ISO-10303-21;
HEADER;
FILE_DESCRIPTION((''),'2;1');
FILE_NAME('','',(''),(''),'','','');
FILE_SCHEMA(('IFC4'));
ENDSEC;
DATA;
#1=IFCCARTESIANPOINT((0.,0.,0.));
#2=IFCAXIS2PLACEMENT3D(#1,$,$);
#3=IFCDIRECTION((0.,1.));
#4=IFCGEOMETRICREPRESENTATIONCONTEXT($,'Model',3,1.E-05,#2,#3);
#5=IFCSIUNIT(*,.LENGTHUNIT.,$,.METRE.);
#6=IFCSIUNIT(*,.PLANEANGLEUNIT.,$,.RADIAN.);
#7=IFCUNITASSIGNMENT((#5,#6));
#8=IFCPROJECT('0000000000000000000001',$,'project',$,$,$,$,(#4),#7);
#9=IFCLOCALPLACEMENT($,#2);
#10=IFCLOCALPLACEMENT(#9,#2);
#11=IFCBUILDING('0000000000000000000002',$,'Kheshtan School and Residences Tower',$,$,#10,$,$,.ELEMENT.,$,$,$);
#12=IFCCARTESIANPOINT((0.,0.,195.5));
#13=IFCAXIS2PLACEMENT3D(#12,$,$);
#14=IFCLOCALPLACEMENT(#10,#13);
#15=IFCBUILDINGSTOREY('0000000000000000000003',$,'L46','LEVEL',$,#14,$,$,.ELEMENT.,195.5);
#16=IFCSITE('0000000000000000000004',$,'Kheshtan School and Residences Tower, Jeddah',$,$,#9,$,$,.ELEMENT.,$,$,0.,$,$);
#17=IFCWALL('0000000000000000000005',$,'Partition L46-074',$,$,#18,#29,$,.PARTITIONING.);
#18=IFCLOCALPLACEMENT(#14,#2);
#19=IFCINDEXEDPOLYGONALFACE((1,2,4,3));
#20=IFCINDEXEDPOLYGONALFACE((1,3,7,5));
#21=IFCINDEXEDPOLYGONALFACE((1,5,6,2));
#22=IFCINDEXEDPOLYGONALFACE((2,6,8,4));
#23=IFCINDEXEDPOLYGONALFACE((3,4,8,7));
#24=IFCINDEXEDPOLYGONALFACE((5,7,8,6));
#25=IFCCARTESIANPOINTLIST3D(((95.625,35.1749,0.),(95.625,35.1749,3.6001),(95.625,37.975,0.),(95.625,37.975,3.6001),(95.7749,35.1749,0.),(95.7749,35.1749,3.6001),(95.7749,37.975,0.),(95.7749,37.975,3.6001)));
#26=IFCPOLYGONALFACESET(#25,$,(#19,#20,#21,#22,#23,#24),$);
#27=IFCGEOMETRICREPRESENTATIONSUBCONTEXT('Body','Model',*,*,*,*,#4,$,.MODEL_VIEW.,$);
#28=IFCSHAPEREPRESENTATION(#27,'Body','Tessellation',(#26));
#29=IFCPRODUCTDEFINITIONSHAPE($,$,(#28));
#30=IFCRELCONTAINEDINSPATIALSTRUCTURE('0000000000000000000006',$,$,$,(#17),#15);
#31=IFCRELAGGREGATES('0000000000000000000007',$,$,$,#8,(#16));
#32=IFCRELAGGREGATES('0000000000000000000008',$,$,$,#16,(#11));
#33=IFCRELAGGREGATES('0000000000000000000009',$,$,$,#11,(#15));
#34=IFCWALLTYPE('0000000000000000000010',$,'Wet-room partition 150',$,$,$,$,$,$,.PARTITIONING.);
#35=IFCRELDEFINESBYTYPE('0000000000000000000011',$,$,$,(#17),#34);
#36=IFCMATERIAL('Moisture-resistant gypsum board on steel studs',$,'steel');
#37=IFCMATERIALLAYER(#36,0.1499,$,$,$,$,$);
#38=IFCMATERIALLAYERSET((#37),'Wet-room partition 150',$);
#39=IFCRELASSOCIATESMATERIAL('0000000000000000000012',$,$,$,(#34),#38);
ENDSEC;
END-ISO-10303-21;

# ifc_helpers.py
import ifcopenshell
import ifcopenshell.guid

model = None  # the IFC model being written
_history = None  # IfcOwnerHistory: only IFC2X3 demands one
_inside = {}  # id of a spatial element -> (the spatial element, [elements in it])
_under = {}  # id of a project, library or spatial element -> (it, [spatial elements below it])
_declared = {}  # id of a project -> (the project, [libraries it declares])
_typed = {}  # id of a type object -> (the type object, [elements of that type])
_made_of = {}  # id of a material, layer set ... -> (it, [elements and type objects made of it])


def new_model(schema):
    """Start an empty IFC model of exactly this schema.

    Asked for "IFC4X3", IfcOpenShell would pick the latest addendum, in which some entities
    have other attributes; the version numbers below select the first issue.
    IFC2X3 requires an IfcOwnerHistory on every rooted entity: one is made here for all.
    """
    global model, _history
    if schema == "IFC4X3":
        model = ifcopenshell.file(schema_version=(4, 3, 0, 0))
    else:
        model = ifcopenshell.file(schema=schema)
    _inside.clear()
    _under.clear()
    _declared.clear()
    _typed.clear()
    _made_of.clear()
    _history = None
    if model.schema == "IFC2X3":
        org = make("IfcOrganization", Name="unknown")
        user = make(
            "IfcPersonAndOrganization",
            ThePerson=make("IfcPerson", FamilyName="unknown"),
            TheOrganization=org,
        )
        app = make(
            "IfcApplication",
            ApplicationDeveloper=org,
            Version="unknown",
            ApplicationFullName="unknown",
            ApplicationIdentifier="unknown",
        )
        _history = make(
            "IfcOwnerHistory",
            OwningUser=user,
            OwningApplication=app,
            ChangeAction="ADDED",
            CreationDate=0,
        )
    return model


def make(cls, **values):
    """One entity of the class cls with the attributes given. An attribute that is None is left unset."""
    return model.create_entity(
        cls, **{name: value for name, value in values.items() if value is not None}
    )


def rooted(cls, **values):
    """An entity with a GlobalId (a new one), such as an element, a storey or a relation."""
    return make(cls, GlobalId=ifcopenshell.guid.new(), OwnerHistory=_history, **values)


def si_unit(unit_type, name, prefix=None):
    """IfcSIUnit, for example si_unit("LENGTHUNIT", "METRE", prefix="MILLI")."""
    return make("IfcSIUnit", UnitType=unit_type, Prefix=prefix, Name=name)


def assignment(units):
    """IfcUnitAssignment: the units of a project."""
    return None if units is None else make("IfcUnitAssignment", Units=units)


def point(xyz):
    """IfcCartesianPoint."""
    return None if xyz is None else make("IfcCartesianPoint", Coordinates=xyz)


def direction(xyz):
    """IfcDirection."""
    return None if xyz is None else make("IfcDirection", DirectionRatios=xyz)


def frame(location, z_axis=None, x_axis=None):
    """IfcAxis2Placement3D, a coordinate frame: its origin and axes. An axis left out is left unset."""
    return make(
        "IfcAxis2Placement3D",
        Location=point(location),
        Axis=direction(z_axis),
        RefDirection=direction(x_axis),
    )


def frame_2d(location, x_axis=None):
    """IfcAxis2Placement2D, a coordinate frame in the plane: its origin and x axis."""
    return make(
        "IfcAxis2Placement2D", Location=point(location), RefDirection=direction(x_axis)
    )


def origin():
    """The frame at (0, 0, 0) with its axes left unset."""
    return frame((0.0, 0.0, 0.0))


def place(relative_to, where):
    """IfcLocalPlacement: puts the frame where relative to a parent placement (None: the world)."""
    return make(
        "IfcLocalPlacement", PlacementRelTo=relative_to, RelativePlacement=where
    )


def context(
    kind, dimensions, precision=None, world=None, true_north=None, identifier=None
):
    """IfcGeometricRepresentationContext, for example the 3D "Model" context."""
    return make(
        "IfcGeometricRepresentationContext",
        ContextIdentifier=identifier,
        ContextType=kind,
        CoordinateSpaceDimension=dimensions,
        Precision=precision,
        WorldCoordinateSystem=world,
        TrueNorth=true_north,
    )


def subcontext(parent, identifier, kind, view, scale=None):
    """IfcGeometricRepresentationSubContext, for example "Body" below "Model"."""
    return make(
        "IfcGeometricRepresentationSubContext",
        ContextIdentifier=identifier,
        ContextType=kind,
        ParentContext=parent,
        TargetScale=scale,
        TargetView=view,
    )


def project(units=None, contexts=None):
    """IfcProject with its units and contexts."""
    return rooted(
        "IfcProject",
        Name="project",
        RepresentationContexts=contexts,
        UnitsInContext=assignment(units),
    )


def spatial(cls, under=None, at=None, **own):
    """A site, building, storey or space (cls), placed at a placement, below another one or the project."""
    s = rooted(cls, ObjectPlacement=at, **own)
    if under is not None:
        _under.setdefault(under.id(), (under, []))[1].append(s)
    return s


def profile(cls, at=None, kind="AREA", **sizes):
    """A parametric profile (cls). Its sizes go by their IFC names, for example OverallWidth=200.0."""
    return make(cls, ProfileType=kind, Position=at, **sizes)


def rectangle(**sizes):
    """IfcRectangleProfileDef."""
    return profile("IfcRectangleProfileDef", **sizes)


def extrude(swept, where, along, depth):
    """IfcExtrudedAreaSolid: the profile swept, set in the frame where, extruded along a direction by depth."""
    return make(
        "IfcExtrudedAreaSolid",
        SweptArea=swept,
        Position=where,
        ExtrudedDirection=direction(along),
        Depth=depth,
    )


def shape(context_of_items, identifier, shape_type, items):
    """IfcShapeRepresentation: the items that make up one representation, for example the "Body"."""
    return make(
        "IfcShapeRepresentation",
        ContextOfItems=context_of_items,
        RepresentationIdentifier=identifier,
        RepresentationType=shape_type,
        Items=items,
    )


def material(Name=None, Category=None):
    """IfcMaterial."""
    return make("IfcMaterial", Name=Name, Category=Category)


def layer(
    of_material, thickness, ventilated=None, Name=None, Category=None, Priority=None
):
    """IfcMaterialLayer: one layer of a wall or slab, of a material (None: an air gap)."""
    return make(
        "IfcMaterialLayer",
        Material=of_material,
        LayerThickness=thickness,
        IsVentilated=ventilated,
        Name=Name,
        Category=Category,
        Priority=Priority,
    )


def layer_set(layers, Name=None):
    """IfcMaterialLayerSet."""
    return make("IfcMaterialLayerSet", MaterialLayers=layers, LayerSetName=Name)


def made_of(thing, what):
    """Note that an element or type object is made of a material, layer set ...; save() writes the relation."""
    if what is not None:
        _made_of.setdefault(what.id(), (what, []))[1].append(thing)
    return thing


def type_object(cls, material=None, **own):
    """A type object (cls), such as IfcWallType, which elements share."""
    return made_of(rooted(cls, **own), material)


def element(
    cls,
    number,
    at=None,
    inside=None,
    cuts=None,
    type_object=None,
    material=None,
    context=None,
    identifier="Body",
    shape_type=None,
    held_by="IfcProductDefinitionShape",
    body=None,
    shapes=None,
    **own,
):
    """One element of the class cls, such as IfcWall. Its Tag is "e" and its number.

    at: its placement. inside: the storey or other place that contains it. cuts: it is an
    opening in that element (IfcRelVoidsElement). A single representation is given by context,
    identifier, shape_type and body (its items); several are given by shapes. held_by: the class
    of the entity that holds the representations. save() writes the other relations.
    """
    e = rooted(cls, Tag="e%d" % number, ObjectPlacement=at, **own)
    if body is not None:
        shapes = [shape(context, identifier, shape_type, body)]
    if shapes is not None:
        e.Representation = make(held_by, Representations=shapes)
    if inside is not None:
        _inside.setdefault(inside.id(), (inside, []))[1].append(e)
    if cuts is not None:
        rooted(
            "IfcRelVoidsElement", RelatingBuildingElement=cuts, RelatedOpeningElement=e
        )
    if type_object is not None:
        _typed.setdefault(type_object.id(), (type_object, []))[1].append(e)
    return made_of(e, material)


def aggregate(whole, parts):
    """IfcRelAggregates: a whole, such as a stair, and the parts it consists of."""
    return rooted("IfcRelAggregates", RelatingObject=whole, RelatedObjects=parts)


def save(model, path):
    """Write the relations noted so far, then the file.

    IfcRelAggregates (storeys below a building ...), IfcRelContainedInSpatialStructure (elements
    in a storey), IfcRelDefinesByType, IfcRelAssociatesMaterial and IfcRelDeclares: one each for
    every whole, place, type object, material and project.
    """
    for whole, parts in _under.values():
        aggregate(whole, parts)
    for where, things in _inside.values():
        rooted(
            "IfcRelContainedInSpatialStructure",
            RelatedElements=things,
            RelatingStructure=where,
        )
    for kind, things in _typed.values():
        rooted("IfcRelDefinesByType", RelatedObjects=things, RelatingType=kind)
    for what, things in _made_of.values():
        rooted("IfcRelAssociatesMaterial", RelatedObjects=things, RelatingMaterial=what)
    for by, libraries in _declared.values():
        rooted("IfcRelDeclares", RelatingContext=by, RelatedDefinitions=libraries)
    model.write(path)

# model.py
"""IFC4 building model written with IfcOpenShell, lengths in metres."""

from ifc_helpers import new_model, si_unit, direction, frame, frame_2d, origin, place, context, subcontext, project, spatial, rectangle, extrude, material, layer, layer_set, type_object, element, save


model = new_model("IFC4")

# Units and contexts
model_context = context("Model", 3, precision=1e-05, world=origin(), true_north=direction((0.0, 1.0)))
body_context = subcontext(model_context, "Body", "Model", "MODEL_VIEW")
ifc_project = project(units=[si_unit("LENGTHUNIT", "METRE"), si_unit("PLANEANGLEUNIT", "RADIAN")], contexts=[model_context])

# Site, building, storey
site_placement = place(None, origin())
site = spatial("IfcSite", under=ifc_project, at=site_placement, Name="Kheshtan School and Residences Tower, Jeddah", CompositionType="ELEMENT", RefElevation=0.0)
building_placement = place(site_placement, origin())
building = spatial("IfcBuilding", under=site, at=building_placement, Name="Kheshtan School and Residences Tower", CompositionType="ELEMENT")
storey_placement = place(building_placement, frame((0.0, 0.0, 195.5)))
storey = spatial("IfcBuildingStorey", under=building, at=storey_placement, Name="L46", Description="LEVEL", CompositionType="ELEMENT", Elevation=195.5)

# Shared definitions
ifc_material_1 = material(Name="Moisture-resistant gypsum board on steel studs", Category="steel")
ifc_layer_1 = layer(ifc_material_1, 0.1499)
ifc_layer_set_1 = layer_set([ifc_layer_1], Name="Wet-room partition 150")
wall_type_1 = type_object("IfcWallType", Name="Wet-room partition 150", PredefinedType="PARTITIONING", material=ifc_layer_set_1)

# Wall
wall_1_placement = place(storey_placement, frame((95.7, 35.175, 0.0), z_axis=(0.0, 0.0, 1.0), x_axis=(0.0, 1.0, 0.0)))
element("IfcWall", 1, at=wall_1_placement, inside=storey, type_object=wall_type_1, Name="Partition L46-074", PredefinedType="PARTITIONING", context=body_context, shape_type="SweptSolid", body=[
    extrude(rectangle(XDim=2.8, YDim=0.1499, at=frame_2d((1.3999, 0.0))), origin(), (0.0, 0.0, 1.0), 3.6001),
])

save(model, "model.ifc")
